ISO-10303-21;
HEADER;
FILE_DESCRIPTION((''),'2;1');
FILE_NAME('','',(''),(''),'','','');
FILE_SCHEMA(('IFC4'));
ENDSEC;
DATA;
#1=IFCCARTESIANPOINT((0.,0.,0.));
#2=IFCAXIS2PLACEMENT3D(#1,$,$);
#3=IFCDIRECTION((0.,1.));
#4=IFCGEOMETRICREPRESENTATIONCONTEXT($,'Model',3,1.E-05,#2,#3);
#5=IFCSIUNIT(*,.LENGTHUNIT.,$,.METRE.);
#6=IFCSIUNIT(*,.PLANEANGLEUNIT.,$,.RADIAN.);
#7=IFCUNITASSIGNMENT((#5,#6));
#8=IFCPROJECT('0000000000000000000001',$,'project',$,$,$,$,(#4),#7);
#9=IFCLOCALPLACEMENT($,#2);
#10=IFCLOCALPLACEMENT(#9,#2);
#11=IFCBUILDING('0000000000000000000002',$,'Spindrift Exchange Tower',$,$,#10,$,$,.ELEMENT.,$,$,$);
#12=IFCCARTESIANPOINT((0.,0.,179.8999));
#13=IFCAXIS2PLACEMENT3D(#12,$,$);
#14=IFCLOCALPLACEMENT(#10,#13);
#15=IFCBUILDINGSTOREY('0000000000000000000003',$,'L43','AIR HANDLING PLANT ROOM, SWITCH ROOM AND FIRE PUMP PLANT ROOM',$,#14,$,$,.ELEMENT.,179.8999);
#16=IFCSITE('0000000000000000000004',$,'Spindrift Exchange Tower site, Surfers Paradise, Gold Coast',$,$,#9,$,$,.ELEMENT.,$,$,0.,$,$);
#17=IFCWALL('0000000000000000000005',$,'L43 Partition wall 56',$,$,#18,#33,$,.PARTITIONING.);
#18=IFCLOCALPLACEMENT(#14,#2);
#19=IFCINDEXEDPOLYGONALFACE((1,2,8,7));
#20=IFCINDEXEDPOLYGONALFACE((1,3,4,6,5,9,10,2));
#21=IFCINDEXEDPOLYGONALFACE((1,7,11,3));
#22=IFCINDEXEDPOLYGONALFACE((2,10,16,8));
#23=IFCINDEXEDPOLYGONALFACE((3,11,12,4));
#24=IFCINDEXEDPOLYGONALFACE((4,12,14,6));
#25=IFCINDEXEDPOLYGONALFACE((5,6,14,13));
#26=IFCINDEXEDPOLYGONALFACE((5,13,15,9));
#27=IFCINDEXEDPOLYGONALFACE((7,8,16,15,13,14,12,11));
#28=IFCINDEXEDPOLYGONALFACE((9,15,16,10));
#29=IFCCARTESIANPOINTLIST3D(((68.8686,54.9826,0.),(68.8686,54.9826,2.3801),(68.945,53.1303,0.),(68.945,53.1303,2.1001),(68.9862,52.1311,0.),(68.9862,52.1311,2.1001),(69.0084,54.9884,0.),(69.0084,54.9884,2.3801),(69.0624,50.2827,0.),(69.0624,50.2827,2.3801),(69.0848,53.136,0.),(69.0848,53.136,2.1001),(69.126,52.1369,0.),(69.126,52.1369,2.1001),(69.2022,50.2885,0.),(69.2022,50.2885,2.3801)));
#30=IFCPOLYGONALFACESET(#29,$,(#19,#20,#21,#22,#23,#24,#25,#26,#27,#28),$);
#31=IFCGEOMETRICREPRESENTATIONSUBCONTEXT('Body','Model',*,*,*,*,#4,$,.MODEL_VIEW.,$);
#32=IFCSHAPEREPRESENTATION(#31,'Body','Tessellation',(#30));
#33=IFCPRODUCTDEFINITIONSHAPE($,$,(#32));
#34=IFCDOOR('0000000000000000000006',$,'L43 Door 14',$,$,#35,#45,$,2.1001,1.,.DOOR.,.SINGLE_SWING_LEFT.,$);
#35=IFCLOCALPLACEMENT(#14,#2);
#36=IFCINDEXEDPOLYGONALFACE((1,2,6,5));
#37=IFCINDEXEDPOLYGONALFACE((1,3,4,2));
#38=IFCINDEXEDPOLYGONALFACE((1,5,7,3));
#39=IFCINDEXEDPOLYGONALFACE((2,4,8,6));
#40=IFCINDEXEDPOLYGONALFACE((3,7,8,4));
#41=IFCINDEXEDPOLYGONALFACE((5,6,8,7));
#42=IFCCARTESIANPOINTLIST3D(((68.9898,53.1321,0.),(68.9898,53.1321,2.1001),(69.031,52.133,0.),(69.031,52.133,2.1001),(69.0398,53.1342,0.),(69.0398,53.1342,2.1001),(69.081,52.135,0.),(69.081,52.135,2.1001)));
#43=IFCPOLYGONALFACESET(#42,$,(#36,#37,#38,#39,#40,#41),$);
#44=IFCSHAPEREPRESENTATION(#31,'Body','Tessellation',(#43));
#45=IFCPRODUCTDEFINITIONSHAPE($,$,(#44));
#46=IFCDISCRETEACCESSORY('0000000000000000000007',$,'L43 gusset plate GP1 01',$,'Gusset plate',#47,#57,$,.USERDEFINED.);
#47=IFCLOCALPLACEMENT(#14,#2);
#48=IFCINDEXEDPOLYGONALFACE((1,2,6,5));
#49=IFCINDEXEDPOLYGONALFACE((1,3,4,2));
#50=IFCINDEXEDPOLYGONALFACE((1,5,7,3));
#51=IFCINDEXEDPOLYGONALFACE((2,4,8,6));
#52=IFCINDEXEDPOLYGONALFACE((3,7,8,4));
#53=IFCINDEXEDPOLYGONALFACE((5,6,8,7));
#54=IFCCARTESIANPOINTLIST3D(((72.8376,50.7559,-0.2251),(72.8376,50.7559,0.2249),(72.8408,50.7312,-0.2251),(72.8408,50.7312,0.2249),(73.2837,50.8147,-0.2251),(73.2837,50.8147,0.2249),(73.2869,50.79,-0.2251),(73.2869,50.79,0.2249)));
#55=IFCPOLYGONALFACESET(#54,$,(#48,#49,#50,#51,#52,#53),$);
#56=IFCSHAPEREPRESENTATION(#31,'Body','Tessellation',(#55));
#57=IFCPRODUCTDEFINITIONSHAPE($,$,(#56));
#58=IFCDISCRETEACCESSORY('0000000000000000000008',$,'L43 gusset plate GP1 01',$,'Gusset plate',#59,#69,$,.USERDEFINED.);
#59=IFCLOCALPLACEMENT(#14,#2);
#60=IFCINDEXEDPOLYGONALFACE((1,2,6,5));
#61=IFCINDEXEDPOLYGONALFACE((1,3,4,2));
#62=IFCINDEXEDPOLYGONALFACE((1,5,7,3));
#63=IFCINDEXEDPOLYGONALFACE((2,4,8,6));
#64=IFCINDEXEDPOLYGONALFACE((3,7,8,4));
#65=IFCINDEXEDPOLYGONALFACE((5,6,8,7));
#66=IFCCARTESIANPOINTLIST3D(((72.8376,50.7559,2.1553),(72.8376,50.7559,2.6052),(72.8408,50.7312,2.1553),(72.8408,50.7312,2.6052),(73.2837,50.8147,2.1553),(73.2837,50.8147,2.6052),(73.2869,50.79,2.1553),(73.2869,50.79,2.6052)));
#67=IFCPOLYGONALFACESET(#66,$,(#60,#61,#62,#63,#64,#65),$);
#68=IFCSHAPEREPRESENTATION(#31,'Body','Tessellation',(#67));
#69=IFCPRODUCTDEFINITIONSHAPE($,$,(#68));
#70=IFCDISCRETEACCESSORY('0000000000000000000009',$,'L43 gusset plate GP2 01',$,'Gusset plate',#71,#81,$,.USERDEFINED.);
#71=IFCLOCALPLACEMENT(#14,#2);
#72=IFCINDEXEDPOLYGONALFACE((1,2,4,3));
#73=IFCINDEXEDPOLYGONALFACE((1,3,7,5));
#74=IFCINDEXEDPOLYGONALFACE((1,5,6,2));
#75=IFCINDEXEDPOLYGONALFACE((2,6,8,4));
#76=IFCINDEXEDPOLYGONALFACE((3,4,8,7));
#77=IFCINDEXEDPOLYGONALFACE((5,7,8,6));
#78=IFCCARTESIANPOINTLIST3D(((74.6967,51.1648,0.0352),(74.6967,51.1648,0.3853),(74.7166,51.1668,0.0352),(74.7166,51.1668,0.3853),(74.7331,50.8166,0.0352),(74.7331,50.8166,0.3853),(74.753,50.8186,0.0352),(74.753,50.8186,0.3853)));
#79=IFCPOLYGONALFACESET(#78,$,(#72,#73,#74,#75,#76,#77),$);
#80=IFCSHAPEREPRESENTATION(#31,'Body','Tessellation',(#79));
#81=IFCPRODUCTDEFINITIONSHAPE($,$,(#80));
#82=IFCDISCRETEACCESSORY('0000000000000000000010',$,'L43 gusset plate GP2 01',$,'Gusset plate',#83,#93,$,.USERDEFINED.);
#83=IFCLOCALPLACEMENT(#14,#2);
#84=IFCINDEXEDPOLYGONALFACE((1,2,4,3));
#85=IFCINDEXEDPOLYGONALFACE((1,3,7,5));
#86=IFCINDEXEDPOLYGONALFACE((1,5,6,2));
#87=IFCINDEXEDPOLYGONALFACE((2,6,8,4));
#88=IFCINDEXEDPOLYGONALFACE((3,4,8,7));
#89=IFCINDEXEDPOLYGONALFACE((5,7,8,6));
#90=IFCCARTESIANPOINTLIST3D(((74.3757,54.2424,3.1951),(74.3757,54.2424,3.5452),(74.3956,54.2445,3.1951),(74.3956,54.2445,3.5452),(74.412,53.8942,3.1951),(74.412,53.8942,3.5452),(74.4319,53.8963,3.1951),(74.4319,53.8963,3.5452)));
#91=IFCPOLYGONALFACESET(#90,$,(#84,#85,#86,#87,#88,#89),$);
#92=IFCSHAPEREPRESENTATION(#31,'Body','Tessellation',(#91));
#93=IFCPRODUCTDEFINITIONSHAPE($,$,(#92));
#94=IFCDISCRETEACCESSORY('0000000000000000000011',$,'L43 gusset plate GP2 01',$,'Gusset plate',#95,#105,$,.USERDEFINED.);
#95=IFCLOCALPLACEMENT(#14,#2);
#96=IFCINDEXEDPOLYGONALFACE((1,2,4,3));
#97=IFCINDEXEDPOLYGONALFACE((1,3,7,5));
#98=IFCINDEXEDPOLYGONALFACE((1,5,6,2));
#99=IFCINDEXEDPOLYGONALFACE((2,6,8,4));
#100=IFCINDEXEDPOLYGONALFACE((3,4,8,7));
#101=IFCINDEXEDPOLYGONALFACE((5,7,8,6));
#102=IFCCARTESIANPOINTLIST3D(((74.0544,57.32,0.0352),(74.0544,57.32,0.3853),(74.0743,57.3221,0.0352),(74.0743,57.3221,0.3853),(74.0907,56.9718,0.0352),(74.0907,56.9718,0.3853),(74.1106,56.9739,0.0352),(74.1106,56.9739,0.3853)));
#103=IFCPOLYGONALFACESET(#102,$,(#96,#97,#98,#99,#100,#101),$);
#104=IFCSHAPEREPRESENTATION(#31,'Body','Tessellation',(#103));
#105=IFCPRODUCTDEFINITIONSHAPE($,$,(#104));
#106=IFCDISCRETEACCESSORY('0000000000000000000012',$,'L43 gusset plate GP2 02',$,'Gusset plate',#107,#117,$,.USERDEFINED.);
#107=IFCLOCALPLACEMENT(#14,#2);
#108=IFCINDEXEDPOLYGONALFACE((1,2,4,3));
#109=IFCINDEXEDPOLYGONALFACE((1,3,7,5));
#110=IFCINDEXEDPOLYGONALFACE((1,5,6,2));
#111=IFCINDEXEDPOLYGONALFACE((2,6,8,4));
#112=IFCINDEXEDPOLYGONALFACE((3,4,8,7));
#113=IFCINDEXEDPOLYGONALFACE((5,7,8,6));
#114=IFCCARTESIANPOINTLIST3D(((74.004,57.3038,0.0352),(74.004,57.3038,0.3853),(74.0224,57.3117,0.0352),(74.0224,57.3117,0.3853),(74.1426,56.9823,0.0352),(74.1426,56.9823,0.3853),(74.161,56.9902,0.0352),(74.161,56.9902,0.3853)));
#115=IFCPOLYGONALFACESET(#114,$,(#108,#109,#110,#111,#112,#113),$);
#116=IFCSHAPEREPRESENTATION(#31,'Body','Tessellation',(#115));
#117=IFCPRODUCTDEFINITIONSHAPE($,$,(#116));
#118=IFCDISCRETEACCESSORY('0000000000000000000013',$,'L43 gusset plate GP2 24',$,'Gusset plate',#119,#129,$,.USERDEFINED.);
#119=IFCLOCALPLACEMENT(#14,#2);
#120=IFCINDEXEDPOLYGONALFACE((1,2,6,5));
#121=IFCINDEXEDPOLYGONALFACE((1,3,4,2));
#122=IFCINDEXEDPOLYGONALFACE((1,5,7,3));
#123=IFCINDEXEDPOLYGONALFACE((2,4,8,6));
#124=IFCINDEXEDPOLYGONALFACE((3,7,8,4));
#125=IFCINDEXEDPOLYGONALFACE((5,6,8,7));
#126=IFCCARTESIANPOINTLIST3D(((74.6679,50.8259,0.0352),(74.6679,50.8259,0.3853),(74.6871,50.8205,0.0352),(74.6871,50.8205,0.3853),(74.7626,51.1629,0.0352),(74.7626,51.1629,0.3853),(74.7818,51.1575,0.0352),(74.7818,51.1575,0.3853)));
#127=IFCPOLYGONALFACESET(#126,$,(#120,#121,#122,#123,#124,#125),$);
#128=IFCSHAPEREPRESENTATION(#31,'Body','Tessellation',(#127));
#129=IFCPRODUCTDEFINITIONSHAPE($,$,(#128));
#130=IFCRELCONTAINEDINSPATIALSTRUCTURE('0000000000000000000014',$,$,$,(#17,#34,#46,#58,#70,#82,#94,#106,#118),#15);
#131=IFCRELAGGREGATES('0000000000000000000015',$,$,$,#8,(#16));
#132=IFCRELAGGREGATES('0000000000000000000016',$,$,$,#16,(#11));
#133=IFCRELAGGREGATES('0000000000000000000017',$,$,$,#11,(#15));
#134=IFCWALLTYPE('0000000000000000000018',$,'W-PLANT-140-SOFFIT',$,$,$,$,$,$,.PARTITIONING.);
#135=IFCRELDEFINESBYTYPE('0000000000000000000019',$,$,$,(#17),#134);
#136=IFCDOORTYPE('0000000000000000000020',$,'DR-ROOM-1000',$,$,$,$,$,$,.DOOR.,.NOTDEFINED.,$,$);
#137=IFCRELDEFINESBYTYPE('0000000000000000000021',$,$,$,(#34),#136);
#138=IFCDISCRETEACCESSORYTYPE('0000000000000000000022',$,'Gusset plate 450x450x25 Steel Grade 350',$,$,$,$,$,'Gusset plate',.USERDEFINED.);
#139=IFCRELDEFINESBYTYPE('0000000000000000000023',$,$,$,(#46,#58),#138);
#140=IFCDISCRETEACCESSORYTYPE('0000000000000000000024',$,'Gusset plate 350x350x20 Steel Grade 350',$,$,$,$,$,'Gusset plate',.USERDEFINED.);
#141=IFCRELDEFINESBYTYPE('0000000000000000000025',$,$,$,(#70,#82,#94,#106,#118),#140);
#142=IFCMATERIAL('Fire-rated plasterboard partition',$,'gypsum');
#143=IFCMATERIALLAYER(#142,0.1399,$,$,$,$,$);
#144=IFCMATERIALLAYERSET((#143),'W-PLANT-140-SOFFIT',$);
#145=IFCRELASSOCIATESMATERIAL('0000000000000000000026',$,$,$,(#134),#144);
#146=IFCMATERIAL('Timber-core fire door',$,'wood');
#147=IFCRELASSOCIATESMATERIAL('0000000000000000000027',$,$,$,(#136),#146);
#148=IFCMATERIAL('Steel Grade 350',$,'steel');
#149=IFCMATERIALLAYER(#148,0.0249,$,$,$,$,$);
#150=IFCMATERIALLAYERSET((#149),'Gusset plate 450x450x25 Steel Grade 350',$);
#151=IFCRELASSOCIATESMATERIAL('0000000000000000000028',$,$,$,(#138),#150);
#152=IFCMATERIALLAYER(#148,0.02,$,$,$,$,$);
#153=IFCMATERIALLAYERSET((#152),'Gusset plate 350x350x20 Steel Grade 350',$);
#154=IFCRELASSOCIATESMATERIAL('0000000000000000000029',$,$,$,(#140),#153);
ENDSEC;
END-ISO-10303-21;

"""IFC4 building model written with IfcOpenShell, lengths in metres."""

from ifc_helpers import new_model, si_unit, direction, frame, frame_2d, origin, origin_2d, place, context, subcontext, project, spatial, rectangle, extrude, source, transform, mapped, material, layer, layer_set, type_object, element, fill, save


model = new_model("IFC4")

# Units and contexts
model_context = context("Model", 3, precision=1e-05, world=origin(), true_north=direction((0.0, 1.0)))
body_context = subcontext(model_context, "Body", "Model", "MODEL_VIEW")
ifc_project = project(units=[si_unit("LENGTHUNIT", "METRE"), si_unit("PLANEANGLEUNIT", "RADIAN")], contexts=[model_context])

# Site, building, storey
site_placement = place(None, origin())
site = spatial("IfcSite", under=ifc_project, at=site_placement, Name="Spindrift Exchange Tower site, Surfers Paradise, Gold Coast", CompositionType="ELEMENT", RefElevation=0.0)
building_placement = place(site_placement, origin())
building = spatial("IfcBuilding", under=site, at=building_placement, Name="Spindrift Exchange Tower", CompositionType="ELEMENT")
storey_placement = place(building_placement, frame((0.0, 0.0, 179.8999)))
storey = spatial("IfcBuildingStorey", under=building, at=storey_placement, Name="L43", Description="AIR HANDLING PLANT ROOM, SWITCH ROOM AND FIRE PUMP PLANT ROOM", CompositionType="ELEMENT", Elevation=179.8999)

# Shared definitions
ifc_material_1 = material(Name="Steel Grade 350", Category="steel")

# Shared definitions
ifc_material_2 = material(Name="Fire-rated plasterboard partition", Category="gypsum")
ifc_layer_1 = layer(ifc_material_2, 0.1399)
ifc_layer_set_1 = layer_set([ifc_layer_1], Name="W-PLANT-140-SOFFIT")
wall_type_1 = type_object("IfcWallType", Name="W-PLANT-140-SOFFIT", PredefinedType="PARTITIONING", material=ifc_layer_set_1)

# Wall, opening, door
wall_1_placement = place(storey_placement, frame((68.9385, 54.9856, 0.0), z_axis=(0.0, 0.0, 1.0), x_axis=(0.04121, -0.999151, 0.0)))
wall_1 = element("IfcWall", 1, at=wall_1_placement, inside=storey, type_object=wall_type_1, Name="L43 Partition wall 56", PredefinedType="PARTITIONING", context=body_context, shape_type="SweptSolid", body=[
    extrude(rectangle(XDim=4.7039, YDim=0.1399, at=frame_2d((2.3521, 0.0))), origin(), (0.0, 0.0, 1.0), 2.3801),
])
opening_placement = place(wall_1_placement, frame((1.854, 0.0, 0.0)))
opening = element("IfcOpeningElement", 2, at=opening_placement, cuts=wall_1, PredefinedType="OPENING", context=body_context, shape_type="SweptSolid", body=[
    extrude(rectangle(XDim=1.0, YDim=2.1001, at=frame_2d((0.5, 1.05))), frame((0.0, 0.0798, 0.0), z_axis=(0.0, -1.0, 0.0), x_axis=(1.0, 0.0, 0.0)), (0.0, 0.0, 1.0), 0.1599),
])
ifc_material_3 = material(Name="Timber-core fire door", Category="wood")
door_type = type_object("IfcDoorType", Name="DR-ROOM-1000", OperationType="NOTDEFINED", PredefinedType="DOOR", material=ifc_material_3)
shared_shape_1 = source(origin(), body_context, "Body", "SweptSolid", [
    extrude(rectangle(XDim=1.0, YDim=2.1001, at=frame_2d((0.5, 1.05))), frame((0.0, 0.0249, 0.0), z_axis=(0.0, -1.0, 0.0), x_axis=(1.0, 0.0, 0.0)), (0.0, 0.0, 1.0), 0.05),
])
door_placement = place(opening_placement, origin())
door = element("IfcDoor", 3, at=door_placement, inside=storey, type_object=door_type, Name="L43 Door 14", OperationType="SINGLE_SWING_LEFT", OverallHeight=2.1001, OverallWidth=1.0, PredefinedType="DOOR", context=body_context, shape_type="MappedRepresentation", body=[
    mapped(shared_shape_1, transform((0.0, 0.0, 0.0), scale=1.0)),
])
fill(opening, door)

# Discrete accessories
ifc_layer_2 = layer(ifc_material_1, 0.0249)
ifc_layer_set_2 = layer_set([ifc_layer_2], Name="Gusset plate 450x450x25 Steel Grade 350")
discrete_accessory_type_1 = type_object("IfcDiscreteAccessoryType", Name="Gusset plate 450x450x25 Steel Grade 350", ElementType="Gusset plate", PredefinedType="USERDEFINED", material=ifc_layer_set_2)
shared_shape_2 = source(origin(), body_context, "Body", "SweptSolid", [
    extrude(rectangle(XDim=0.45, YDim=0.0249, at=origin_2d()), origin(), (0.0, 0.0, 1.0), 0.45),
])
for number, where, z_axis, x_axis, name in (
    (4, (73.0623, 50.7729, -0.2251), (0.0, 0.0, 1.0), (0.991445, 0.130526, 0.0), "L43 gusset plate GP1 01"),
    (5, (73.0623, 50.7729, 2.1553), (0.0, 0.0, 1.0), (0.991445, 0.130526, 0.0), "L43 gusset plate GP1 01"),
):
    element("IfcDiscreteAccessory", number, at=place(storey_placement, frame(where, z_axis=z_axis, x_axis=x_axis)), inside=storey, type_object=discrete_accessory_type_1, Name=name, ObjectType="Gusset plate", PredefinedType="USERDEFINED", context=body_context, shape_type="MappedRepresentation", body=[
        mapped(shared_shape_2, transform((0.0, 0.0, 0.0), scale=1.0)),
    ])
ifc_layer_3 = layer(ifc_material_1, 0.02)
ifc_layer_set_3 = layer_set([ifc_layer_3], Name="Gusset plate 350x350x20 Steel Grade 350")
discrete_accessory_type_2 = type_object("IfcDiscreteAccessoryType", Name="Gusset plate 350x350x20 Steel Grade 350", ElementType="Gusset plate", PredefinedType="USERDEFINED", material=ifc_layer_set_3)
shared_shape_3 = source(origin(), body_context, "Body", "SweptSolid", [
    extrude(rectangle(XDim=0.3501, YDim=0.02, at=origin_2d()), origin(), (0.0, 0.0, 1.0), 0.3501),
])
for number, where, z_axis, x_axis, name in (
    (6, (74.7249, 50.9917, 0.0352), (0.0, 0.0, 1.0), (-0.103803, 0.994598, 0.0), "L43 gusset plate GP2 01"),
    (7, (74.4038, 54.0693, 3.1951), (0.0, 0.0, 1.0), (-0.103803, 0.994598, 0.0), "L43 gusset plate GP2 01"),
    (8, (74.0825, 57.147, 0.0352), (0.0, 0.0, 1.0), (-0.103775, 0.994601, 0.0), "L43 gusset plate GP2 01"),
    (9, (74.0825, 57.147, 0.0352), (0.0, 0.0, 1.0), (-0.395957, 0.918269, 0.0), "L43 gusset plate GP2 02"),
    (10, (74.7249, 50.9917, 0.0352), (0.0, 0.0, 1.0), (0.270456, 0.962732, 0.0), "L43 gusset plate GP2 24"),
):
    element("IfcDiscreteAccessory", number, at=place(storey_placement, frame(where, z_axis=z_axis, x_axis=x_axis)), inside=storey, type_object=discrete_accessory_type_2, Name=name, ObjectType="Gusset plate", PredefinedType="USERDEFINED", context=body_context, shape_type="MappedRepresentation", body=[
        mapped(shared_shape_3, transform((0.0, 0.0, 0.0), scale=1.0)),
    ])

save(model, "model.ifc")
